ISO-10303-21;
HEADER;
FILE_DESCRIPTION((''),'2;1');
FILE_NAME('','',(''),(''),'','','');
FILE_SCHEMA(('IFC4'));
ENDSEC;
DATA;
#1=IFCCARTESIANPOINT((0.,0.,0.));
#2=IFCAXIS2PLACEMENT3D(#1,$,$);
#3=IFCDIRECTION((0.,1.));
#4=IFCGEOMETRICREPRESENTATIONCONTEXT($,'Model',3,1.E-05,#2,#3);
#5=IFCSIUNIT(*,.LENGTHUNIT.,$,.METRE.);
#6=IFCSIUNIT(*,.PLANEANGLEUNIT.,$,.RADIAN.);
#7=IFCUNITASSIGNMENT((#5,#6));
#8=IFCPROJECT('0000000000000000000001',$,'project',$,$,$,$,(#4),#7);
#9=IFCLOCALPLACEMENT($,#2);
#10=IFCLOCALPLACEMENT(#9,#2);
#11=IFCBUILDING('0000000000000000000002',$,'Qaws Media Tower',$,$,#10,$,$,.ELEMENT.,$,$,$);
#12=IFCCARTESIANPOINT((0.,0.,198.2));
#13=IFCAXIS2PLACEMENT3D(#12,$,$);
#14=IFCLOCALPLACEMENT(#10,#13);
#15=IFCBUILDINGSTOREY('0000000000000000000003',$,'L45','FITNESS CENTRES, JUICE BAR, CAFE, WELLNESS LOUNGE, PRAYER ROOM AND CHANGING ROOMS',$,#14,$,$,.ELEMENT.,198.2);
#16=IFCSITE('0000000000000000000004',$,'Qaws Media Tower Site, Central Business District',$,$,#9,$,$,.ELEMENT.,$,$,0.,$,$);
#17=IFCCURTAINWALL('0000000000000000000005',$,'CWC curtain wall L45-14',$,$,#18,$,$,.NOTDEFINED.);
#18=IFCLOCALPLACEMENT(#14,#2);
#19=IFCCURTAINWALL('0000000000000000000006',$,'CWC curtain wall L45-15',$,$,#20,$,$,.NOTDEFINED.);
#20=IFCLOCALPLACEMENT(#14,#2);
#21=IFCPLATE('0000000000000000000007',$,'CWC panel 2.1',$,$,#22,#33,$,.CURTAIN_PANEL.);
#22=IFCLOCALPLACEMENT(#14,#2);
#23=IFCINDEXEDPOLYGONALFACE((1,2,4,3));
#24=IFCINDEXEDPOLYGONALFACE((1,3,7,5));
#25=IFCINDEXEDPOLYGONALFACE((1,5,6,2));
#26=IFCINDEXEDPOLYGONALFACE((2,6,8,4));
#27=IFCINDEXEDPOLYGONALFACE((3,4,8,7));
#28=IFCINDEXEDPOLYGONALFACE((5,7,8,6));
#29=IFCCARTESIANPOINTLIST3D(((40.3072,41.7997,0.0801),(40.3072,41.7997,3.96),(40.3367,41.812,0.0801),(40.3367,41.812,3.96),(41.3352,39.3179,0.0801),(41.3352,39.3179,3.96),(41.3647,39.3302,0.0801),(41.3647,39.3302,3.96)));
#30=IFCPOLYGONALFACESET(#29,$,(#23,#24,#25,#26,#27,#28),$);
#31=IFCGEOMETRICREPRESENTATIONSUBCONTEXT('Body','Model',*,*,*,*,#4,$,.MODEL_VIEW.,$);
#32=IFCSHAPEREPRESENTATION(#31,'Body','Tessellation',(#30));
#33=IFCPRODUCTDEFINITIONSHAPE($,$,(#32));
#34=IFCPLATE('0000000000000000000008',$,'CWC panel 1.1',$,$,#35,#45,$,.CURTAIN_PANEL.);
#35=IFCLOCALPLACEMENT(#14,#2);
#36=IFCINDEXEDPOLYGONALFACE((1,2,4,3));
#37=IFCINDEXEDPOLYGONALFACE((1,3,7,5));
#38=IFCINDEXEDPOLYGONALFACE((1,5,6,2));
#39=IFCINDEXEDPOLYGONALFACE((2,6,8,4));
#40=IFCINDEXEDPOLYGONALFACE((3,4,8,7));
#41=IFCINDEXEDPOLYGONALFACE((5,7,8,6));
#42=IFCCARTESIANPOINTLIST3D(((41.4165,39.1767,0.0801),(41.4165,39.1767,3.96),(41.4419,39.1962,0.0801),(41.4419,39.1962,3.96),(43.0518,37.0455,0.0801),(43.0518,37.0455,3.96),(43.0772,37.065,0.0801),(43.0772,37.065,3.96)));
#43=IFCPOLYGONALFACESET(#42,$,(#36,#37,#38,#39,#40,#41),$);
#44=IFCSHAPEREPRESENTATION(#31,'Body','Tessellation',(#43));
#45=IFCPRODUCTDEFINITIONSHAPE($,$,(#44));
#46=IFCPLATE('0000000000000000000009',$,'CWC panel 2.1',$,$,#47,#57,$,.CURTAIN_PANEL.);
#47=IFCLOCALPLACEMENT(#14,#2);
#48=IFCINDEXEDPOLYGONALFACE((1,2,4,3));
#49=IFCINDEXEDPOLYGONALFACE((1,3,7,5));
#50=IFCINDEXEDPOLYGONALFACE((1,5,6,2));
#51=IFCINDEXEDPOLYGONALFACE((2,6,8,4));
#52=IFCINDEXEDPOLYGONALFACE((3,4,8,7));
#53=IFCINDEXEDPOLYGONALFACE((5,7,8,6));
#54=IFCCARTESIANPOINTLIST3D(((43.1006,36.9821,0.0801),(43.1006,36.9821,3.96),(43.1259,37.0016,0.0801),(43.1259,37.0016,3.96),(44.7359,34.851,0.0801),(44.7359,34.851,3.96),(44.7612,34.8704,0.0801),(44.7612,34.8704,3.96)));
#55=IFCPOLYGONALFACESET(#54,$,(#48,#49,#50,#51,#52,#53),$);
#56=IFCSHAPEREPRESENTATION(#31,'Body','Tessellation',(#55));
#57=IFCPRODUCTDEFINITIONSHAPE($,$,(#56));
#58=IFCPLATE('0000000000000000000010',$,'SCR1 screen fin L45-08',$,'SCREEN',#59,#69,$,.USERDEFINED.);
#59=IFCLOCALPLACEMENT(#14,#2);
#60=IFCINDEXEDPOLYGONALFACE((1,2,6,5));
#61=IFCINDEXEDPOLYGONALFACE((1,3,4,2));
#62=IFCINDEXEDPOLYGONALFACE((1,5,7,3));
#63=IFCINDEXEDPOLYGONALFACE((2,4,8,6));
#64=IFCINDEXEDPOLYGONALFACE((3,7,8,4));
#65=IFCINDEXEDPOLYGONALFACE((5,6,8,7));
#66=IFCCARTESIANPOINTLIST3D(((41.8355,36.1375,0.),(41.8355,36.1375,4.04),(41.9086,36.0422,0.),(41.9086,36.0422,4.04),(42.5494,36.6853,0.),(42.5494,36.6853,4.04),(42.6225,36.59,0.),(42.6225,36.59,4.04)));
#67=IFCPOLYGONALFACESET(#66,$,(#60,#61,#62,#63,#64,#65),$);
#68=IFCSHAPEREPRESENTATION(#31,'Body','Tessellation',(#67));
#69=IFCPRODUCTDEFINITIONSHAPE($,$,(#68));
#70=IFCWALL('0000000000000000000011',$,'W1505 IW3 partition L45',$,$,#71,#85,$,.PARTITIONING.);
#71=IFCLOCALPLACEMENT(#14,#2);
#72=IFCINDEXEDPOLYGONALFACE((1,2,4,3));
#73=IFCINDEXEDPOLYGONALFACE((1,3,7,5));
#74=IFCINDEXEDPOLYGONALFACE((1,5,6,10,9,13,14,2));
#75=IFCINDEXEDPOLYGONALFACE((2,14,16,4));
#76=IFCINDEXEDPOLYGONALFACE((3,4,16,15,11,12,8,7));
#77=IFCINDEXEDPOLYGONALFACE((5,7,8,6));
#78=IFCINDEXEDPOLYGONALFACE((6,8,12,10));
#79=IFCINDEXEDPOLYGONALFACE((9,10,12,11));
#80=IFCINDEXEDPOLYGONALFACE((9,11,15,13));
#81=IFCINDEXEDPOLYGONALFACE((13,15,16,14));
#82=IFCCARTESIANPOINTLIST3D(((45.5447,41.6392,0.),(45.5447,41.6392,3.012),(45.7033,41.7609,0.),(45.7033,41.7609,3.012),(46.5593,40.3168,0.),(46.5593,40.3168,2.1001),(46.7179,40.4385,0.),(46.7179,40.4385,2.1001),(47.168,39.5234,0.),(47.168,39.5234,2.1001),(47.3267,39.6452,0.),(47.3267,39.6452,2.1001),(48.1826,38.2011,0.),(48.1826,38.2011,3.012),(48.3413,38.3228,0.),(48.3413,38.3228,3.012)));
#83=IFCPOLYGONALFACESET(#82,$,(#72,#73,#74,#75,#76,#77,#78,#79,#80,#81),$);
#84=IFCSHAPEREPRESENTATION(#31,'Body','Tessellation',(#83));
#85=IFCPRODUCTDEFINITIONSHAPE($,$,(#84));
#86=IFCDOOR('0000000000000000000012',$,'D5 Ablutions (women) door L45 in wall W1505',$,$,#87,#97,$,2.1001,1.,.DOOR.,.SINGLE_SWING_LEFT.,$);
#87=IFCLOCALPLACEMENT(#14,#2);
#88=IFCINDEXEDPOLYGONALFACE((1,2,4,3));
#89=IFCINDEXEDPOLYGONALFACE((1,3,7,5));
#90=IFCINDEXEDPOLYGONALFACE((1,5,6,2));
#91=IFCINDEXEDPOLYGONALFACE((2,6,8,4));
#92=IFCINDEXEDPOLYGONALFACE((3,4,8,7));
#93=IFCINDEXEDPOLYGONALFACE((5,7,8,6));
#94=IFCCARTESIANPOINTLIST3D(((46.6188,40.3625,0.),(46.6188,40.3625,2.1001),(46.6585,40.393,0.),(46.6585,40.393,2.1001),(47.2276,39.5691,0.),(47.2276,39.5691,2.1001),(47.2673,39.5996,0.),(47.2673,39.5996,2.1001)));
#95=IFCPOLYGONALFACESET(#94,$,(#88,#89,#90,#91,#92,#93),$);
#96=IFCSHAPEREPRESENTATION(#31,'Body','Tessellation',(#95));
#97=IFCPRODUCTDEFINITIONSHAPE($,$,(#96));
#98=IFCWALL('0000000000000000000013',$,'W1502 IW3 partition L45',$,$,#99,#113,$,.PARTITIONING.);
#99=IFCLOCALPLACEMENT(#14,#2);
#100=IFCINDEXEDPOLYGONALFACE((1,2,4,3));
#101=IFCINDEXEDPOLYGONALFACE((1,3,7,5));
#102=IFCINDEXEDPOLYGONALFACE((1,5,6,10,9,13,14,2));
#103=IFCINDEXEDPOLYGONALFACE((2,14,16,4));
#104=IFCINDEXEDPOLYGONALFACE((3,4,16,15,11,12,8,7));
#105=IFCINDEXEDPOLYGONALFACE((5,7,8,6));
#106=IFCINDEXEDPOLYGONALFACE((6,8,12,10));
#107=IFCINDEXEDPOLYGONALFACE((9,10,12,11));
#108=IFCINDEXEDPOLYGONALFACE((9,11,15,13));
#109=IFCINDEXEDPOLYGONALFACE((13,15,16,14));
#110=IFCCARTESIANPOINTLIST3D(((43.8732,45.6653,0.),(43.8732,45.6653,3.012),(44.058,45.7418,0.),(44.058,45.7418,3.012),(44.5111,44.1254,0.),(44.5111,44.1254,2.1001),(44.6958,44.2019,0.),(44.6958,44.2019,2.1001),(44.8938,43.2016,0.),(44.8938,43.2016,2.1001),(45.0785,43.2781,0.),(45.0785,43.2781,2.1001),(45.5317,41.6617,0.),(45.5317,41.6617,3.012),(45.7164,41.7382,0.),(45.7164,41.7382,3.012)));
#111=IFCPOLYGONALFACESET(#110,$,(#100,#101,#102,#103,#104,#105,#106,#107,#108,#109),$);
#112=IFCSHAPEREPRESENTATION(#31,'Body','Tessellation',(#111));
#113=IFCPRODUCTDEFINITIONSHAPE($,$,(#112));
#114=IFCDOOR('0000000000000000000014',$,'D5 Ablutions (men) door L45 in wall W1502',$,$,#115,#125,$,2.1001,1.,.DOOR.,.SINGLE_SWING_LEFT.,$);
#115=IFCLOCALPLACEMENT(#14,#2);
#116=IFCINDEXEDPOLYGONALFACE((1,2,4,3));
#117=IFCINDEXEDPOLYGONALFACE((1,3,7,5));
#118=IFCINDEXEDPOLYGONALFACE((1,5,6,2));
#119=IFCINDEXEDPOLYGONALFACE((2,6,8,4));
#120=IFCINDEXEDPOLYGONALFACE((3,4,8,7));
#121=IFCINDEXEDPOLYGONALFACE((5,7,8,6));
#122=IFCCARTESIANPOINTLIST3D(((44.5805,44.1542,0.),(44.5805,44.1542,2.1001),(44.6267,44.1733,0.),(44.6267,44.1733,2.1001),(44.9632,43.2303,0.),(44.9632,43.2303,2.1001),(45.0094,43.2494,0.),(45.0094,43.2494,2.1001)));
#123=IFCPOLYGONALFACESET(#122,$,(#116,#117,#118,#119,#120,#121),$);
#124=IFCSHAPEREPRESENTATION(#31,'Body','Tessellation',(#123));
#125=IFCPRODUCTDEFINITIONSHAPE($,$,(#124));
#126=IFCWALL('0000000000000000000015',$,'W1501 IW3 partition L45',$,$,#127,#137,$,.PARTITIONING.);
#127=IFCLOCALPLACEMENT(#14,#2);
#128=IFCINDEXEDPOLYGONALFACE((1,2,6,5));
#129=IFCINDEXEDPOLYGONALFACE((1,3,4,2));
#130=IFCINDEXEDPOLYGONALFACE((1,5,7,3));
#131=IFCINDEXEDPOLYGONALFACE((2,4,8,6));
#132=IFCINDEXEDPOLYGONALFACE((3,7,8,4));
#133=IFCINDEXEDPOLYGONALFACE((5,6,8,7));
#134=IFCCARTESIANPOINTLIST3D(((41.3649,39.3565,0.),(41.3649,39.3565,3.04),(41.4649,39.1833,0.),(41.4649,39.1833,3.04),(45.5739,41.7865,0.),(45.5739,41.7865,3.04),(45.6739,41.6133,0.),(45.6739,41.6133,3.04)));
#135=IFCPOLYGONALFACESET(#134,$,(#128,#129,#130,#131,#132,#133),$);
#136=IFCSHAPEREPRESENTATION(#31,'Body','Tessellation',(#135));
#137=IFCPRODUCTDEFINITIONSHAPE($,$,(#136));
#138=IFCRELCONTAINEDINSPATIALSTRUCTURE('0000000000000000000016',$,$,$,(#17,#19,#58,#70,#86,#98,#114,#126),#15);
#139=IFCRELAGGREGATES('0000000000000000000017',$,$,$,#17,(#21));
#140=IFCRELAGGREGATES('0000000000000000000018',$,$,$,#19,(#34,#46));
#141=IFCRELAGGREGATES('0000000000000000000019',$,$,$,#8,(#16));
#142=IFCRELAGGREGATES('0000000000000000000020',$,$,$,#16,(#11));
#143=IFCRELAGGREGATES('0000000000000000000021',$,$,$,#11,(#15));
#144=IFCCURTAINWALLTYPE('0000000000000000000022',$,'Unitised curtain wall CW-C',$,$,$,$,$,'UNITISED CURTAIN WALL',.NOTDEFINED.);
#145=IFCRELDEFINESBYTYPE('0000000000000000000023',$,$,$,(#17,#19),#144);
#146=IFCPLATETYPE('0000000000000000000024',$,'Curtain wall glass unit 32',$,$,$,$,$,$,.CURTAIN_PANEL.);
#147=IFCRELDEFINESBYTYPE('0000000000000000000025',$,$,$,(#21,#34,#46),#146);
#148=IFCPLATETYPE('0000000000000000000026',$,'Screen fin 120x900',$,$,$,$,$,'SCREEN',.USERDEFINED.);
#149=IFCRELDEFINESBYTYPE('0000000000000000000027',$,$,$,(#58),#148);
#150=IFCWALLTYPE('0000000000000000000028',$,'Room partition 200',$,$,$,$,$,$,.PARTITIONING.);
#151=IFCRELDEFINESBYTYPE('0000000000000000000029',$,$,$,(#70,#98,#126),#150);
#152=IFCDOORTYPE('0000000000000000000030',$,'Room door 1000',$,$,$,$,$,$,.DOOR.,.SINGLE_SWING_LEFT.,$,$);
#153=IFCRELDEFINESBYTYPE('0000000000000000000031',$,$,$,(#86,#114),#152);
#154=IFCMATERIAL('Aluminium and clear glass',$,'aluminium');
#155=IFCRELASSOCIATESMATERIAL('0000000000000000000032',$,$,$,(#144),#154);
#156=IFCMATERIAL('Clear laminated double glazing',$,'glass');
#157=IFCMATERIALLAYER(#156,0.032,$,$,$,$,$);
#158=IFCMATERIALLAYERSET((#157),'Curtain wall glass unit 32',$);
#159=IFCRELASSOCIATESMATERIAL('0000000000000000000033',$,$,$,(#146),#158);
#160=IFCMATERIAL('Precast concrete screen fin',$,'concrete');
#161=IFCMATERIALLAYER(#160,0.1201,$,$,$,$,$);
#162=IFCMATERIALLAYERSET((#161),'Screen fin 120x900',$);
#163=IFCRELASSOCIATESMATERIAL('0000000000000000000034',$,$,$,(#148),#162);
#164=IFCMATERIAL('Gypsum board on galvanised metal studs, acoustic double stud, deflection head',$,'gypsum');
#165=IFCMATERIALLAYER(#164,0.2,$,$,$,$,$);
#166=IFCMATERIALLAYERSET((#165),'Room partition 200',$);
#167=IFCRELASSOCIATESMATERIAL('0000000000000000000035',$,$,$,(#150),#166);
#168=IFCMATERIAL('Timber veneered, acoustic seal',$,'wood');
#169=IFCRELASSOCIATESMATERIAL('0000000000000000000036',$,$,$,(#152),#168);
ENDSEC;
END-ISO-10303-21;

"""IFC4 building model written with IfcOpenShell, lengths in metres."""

from ifc_helpers import new_model, si_unit, direction, frame, frame_2d, origin, origin_2d, place, context, subcontext, project, spatial, rectangle, extrude, material, layer, layer_set, type_object, element, fill, aggregate, save


model = new_model("IFC4")

# Units and contexts
model_context = context("Model", 3, precision=1e-05, world=origin(), true_north=direction((0.0, 1.0)))
body_context = subcontext(model_context, "Body", "Model", "MODEL_VIEW")
ifc_project = project(units=[si_unit("LENGTHUNIT", "METRE"), si_unit("PLANEANGLEUNIT", "RADIAN")], contexts=[model_context])

# Site, building, storey
site_placement = place(None, origin())
site = spatial("IfcSite", under=ifc_project, at=site_placement, Name="Qaws Media Tower Site, Central Business District", CompositionType="ELEMENT", RefElevation=0.0)
building_placement = place(site_placement, origin())
building = spatial("IfcBuilding", under=site, at=building_placement, Name="Qaws Media Tower", CompositionType="ELEMENT")
storey_placement = place(building_placement, frame((0.0, 0.0, 198.2)))
storey = spatial("IfcBuildingStorey", under=building, at=storey_placement, Name="L45", Description="FITNESS CENTRES, JUICE BAR, CAFE, WELLNESS LOUNGE, PRAYER ROOM AND CHANGING ROOMS", CompositionType="ELEMENT", Elevation=198.2)

# Curtain wall
ifc_material_1 = material(Name="Aluminium and clear glass", Category="aluminium")
curtain_wall_type = type_object("IfcCurtainWallType", Name="Unitised curtain wall CW-C", ElementType="UNITISED CURTAIN WALL", PredefinedType="NOTDEFINED", material=ifc_material_1)
curtain_wall_1_placement = place(storey_placement, origin())
curtain_wall_1 = element("IfcCurtainWall", 1, at=curtain_wall_1_placement, inside=storey, type_object=curtain_wall_type, Name="CWC curtain wall L45-14", PredefinedType="NOTDEFINED")

# Curtain wall
curtain_wall_2_placement = place(storey_placement, origin())
curtain_wall_2 = element("IfcCurtainWall", 2, at=curtain_wall_2_placement, inside=storey, type_object=curtain_wall_type, Name="CWC curtain wall L45-15", PredefinedType="NOTDEFINED")

# Plates
ifc_material_2 = material(Name="Clear laminated double glazing", Category="glass")
ifc_layer_1 = layer(ifc_material_2, 0.032)
ifc_layer_set_1 = layer_set([ifc_layer_1], Name="Curtain wall glass unit 32")
plate_type_1 = type_object("IfcPlateType", Name="Curtain wall glass unit 32", PredefinedType="CURTAIN_PANEL", material=ifc_layer_set_1)
plate_1_placement = place(storey_placement, frame((40.8359, 40.5649, 0.0801), z_axis=(0.0, 0.0, 1.0), x_axis=(0.382683, -0.92388, 0.0)))
plate_1 = element("IfcPlate", 3, at=plate_1_placement, type_object=plate_type_1, Name="CWC panel 2.1", PredefinedType="CURTAIN_PANEL", context=body_context, shape_type="SweptSolid", body=[
    extrude(rectangle(XDim=2.6863, YDim=0.032, at=origin_2d()), origin(), (0.0, 0.0, 1.0), 3.8799),
])
aggregate(curtain_wall_1, [plate_1])
plate_2_placement = place(storey_placement, frame((42.2468, 38.1208, 0.0801), z_axis=(0.0, 0.0, 1.0), x_axis=(0.608761, -0.793353, 0.0)))
plate_2 = element("IfcPlate", 4, at=plate_2_placement, type_object=plate_type_1, Name="CWC panel 1.1", PredefinedType="CURTAIN_PANEL", context=body_context, shape_type="SweptSolid", body=[
    extrude(rectangle(XDim=2.6863, YDim=0.032, at=origin_2d()), origin(), (0.0, 0.0, 1.0), 3.8799),
])
plate_3_placement = place(storey_placement, frame((43.9309, 35.9263, 0.0801), z_axis=(0.0, 0.0, 1.0), x_axis=(0.608761, -0.793353, 0.0)))
plate_3 = element("IfcPlate", 5, at=plate_3_placement, type_object=plate_type_1, Name="CWC panel 2.1", PredefinedType="CURTAIN_PANEL", context=body_context, shape_type="SweptSolid", body=[
    extrude(rectangle(XDim=2.6863, YDim=0.032, at=origin_2d()), origin(), (0.0, 0.0, 1.0), 3.8799),
])
aggregate(curtain_wall_2, [plate_2, plate_3])
ifc_material_3 = material(Name="Precast concrete screen fin", Category="concrete")
ifc_layer_2 = layer(ifc_material_3, 0.1201)
ifc_layer_set_2 = layer_set([ifc_layer_2], Name="Screen fin 120x900")
plate_type_2 = type_object("IfcPlateType", Name="Screen fin 120x900", ElementType="SCREEN", PredefinedType="USERDEFINED", material=ifc_layer_set_2)
plate_4_placement = place(storey_placement, frame((42.229, 36.3638, 0.0), z_axis=(0.0, 0.0, 1.0), x_axis=(-0.793353, -0.608761, 0.0)))
element("IfcPlate", 6, at=plate_4_placement, inside=storey, type_object=plate_type_2, Name="SCR1 screen fin L45-08", ObjectType="SCREEN", PredefinedType="USERDEFINED", context=body_context, shape_type="SweptSolid", body=[
    extrude(rectangle(XDim=0.8999, YDim=0.1201, at=origin_2d()), origin(), (0.0, 0.0, 1.0), 4.04),
])

# Walls, openings, doors
ifc_material_4 = material(Name="Gypsum board on galvanised metal studs, acoustic double stud, deflection head", Category="gypsum")
ifc_layer_3 = layer(ifc_material_4, 0.2)
ifc_layer_set_3 = layer_set([ifc_layer_3], Name="Room partition 200")
wall_type = type_object("IfcWallType", Name="Room partition 200", PredefinedType="PARTITIONING", material=ifc_layer_set_3)
wall_1_placement = place(storey_placement, frame((48.262, 38.262, 0.0), z_axis=(0.0, 0.0, 1.0), x_axis=(-0.608744, 0.793367, 0.0)))
wall_1 = element("IfcWall", 7, at=wall_1_placement, inside=storey, type_object=wall_type, Name="W1505 IW3 partition L45", PredefinedType="PARTITIONING", context=body_context, shape_type="SweptSolid", body=[
    extrude(rectangle(XDim=4.3335, YDim=0.2, at=frame_2d((2.1667, 0.0))), origin(), (0.0, 0.0, 1.0), 3.012),
])
opening_1_placement = place(wall_1_placement, frame((1.6667, 0.0, 0.0)))
opening_1 = element("IfcOpeningElement", 8, at=opening_1_placement, cuts=wall_1, PredefinedType="OPENING", context=body_context, shape_type="SweptSolid", body=[
    extrude(rectangle(XDim=1.0, YDim=2.1001, at=frame_2d((0.5, 1.05))), frame((0.0, 0.1099, 0.0), z_axis=(0.0, -1.0, 0.0), x_axis=(1.0, 0.0, 0.0)), (0.0, 0.0, 1.0), 0.22),
])
ifc_material_5 = material(Name="Timber veneered, acoustic seal", Category="wood")
door_type_1 = type_object("IfcDoorType", Name="Room door 1000", OperationType="SINGLE_SWING_LEFT", PredefinedType="DOOR", material=ifc_material_5)
door_1_placement = place(opening_1_placement, origin())
door_1 = element("IfcDoor", 9, at=door_1_placement, inside=storey, type_object=door_type_1, Name="D5 Ablutions (women) door L45 in wall W1505", OperationType="SINGLE_SWING_LEFT", OverallHeight=2.1001, OverallWidth=1.0, PredefinedType="DOOR", context=body_context, shape_type="SweptSolid", body=[
    extrude(rectangle(XDim=1.0, YDim=2.1001, at=frame_2d((0.5, 1.05))), frame((0.0, 0.0249, 0.0), z_axis=(0.0, -1.0, 0.0), x_axis=(1.0, 0.0, 0.0)), (0.0, 0.0, 1.0), 0.05),
])
fill(opening_1, door_1)
wall_2_placement = place(storey_placement, frame((45.624, 41.7, 0.0), z_axis=(0.0, 0.0, 1.0), x_axis=(-0.382698, 0.923873, 0.0)))
wall_2 = element("IfcWall", 10, at=wall_2_placement, inside=storey, type_object=wall_type, Name="W1502 IW3 partition L45", PredefinedType="PARTITIONING", context=body_context, shape_type="SweptSolid", body=[
    extrude(rectangle(XDim=4.3335, YDim=0.2, at=frame_2d((2.1667, 0.0))), origin(), (0.0, 0.0, 1.0), 3.012),
])
opening_2_placement = place(wall_2_placement, frame((1.6667, 0.0, 0.0)))
opening_2 = element("IfcOpeningElement", 11, at=opening_2_placement, cuts=wall_2, PredefinedType="OPENING", context=body_context, shape_type="SweptSolid", body=[
    extrude(rectangle(XDim=1.0, YDim=2.1001, at=frame_2d((0.5, 1.05))), frame((0.0, 0.1099, 0.0), z_axis=(0.0, -1.0, 0.0), x_axis=(1.0, 0.0, 0.0)), (0.0, 0.0, 1.0), 0.22),
])
door_2_placement = place(opening_2_placement, origin())
door_2 = element("IfcDoor", 12, at=door_2_placement, inside=storey, type_object=door_type_1, Name="D5 Ablutions (men) door L45 in wall W1502", OperationType="SINGLE_SWING_LEFT", OverallHeight=2.1001, OverallWidth=1.0, PredefinedType="DOOR", context=body_context, shape_type="SweptSolid", body=[
    extrude(rectangle(XDim=1.0, YDim=2.1001, at=frame_2d((0.5, 1.05))), frame((0.0, 0.0249, 0.0), z_axis=(0.0, -1.0, 0.0), x_axis=(1.0, 0.0, 0.0)), (0.0, 0.0, 1.0), 0.05),
])
fill(opening_2, door_2)

# Wall
wall_3_placement = place(storey_placement, frame((45.624, 41.7, 0.0), z_axis=(0.0, 0.0, 1.0), x_axis=(-0.866037, -0.49998, 0.0)))
element("IfcWall", 13, at=wall_3_placement, inside=storey, type_object=wall_type, Name="W1501 IW3 partition L45", PredefinedType="PARTITIONING", context=body_context, shape_type="SweptSolid", body=[
    extrude(rectangle(XDim=4.8601, YDim=0.2, at=frame_2d((2.4302, 0.0))), origin(), (0.0, 0.0, 1.0), 3.04),
])

save(model, "model.ifc")
